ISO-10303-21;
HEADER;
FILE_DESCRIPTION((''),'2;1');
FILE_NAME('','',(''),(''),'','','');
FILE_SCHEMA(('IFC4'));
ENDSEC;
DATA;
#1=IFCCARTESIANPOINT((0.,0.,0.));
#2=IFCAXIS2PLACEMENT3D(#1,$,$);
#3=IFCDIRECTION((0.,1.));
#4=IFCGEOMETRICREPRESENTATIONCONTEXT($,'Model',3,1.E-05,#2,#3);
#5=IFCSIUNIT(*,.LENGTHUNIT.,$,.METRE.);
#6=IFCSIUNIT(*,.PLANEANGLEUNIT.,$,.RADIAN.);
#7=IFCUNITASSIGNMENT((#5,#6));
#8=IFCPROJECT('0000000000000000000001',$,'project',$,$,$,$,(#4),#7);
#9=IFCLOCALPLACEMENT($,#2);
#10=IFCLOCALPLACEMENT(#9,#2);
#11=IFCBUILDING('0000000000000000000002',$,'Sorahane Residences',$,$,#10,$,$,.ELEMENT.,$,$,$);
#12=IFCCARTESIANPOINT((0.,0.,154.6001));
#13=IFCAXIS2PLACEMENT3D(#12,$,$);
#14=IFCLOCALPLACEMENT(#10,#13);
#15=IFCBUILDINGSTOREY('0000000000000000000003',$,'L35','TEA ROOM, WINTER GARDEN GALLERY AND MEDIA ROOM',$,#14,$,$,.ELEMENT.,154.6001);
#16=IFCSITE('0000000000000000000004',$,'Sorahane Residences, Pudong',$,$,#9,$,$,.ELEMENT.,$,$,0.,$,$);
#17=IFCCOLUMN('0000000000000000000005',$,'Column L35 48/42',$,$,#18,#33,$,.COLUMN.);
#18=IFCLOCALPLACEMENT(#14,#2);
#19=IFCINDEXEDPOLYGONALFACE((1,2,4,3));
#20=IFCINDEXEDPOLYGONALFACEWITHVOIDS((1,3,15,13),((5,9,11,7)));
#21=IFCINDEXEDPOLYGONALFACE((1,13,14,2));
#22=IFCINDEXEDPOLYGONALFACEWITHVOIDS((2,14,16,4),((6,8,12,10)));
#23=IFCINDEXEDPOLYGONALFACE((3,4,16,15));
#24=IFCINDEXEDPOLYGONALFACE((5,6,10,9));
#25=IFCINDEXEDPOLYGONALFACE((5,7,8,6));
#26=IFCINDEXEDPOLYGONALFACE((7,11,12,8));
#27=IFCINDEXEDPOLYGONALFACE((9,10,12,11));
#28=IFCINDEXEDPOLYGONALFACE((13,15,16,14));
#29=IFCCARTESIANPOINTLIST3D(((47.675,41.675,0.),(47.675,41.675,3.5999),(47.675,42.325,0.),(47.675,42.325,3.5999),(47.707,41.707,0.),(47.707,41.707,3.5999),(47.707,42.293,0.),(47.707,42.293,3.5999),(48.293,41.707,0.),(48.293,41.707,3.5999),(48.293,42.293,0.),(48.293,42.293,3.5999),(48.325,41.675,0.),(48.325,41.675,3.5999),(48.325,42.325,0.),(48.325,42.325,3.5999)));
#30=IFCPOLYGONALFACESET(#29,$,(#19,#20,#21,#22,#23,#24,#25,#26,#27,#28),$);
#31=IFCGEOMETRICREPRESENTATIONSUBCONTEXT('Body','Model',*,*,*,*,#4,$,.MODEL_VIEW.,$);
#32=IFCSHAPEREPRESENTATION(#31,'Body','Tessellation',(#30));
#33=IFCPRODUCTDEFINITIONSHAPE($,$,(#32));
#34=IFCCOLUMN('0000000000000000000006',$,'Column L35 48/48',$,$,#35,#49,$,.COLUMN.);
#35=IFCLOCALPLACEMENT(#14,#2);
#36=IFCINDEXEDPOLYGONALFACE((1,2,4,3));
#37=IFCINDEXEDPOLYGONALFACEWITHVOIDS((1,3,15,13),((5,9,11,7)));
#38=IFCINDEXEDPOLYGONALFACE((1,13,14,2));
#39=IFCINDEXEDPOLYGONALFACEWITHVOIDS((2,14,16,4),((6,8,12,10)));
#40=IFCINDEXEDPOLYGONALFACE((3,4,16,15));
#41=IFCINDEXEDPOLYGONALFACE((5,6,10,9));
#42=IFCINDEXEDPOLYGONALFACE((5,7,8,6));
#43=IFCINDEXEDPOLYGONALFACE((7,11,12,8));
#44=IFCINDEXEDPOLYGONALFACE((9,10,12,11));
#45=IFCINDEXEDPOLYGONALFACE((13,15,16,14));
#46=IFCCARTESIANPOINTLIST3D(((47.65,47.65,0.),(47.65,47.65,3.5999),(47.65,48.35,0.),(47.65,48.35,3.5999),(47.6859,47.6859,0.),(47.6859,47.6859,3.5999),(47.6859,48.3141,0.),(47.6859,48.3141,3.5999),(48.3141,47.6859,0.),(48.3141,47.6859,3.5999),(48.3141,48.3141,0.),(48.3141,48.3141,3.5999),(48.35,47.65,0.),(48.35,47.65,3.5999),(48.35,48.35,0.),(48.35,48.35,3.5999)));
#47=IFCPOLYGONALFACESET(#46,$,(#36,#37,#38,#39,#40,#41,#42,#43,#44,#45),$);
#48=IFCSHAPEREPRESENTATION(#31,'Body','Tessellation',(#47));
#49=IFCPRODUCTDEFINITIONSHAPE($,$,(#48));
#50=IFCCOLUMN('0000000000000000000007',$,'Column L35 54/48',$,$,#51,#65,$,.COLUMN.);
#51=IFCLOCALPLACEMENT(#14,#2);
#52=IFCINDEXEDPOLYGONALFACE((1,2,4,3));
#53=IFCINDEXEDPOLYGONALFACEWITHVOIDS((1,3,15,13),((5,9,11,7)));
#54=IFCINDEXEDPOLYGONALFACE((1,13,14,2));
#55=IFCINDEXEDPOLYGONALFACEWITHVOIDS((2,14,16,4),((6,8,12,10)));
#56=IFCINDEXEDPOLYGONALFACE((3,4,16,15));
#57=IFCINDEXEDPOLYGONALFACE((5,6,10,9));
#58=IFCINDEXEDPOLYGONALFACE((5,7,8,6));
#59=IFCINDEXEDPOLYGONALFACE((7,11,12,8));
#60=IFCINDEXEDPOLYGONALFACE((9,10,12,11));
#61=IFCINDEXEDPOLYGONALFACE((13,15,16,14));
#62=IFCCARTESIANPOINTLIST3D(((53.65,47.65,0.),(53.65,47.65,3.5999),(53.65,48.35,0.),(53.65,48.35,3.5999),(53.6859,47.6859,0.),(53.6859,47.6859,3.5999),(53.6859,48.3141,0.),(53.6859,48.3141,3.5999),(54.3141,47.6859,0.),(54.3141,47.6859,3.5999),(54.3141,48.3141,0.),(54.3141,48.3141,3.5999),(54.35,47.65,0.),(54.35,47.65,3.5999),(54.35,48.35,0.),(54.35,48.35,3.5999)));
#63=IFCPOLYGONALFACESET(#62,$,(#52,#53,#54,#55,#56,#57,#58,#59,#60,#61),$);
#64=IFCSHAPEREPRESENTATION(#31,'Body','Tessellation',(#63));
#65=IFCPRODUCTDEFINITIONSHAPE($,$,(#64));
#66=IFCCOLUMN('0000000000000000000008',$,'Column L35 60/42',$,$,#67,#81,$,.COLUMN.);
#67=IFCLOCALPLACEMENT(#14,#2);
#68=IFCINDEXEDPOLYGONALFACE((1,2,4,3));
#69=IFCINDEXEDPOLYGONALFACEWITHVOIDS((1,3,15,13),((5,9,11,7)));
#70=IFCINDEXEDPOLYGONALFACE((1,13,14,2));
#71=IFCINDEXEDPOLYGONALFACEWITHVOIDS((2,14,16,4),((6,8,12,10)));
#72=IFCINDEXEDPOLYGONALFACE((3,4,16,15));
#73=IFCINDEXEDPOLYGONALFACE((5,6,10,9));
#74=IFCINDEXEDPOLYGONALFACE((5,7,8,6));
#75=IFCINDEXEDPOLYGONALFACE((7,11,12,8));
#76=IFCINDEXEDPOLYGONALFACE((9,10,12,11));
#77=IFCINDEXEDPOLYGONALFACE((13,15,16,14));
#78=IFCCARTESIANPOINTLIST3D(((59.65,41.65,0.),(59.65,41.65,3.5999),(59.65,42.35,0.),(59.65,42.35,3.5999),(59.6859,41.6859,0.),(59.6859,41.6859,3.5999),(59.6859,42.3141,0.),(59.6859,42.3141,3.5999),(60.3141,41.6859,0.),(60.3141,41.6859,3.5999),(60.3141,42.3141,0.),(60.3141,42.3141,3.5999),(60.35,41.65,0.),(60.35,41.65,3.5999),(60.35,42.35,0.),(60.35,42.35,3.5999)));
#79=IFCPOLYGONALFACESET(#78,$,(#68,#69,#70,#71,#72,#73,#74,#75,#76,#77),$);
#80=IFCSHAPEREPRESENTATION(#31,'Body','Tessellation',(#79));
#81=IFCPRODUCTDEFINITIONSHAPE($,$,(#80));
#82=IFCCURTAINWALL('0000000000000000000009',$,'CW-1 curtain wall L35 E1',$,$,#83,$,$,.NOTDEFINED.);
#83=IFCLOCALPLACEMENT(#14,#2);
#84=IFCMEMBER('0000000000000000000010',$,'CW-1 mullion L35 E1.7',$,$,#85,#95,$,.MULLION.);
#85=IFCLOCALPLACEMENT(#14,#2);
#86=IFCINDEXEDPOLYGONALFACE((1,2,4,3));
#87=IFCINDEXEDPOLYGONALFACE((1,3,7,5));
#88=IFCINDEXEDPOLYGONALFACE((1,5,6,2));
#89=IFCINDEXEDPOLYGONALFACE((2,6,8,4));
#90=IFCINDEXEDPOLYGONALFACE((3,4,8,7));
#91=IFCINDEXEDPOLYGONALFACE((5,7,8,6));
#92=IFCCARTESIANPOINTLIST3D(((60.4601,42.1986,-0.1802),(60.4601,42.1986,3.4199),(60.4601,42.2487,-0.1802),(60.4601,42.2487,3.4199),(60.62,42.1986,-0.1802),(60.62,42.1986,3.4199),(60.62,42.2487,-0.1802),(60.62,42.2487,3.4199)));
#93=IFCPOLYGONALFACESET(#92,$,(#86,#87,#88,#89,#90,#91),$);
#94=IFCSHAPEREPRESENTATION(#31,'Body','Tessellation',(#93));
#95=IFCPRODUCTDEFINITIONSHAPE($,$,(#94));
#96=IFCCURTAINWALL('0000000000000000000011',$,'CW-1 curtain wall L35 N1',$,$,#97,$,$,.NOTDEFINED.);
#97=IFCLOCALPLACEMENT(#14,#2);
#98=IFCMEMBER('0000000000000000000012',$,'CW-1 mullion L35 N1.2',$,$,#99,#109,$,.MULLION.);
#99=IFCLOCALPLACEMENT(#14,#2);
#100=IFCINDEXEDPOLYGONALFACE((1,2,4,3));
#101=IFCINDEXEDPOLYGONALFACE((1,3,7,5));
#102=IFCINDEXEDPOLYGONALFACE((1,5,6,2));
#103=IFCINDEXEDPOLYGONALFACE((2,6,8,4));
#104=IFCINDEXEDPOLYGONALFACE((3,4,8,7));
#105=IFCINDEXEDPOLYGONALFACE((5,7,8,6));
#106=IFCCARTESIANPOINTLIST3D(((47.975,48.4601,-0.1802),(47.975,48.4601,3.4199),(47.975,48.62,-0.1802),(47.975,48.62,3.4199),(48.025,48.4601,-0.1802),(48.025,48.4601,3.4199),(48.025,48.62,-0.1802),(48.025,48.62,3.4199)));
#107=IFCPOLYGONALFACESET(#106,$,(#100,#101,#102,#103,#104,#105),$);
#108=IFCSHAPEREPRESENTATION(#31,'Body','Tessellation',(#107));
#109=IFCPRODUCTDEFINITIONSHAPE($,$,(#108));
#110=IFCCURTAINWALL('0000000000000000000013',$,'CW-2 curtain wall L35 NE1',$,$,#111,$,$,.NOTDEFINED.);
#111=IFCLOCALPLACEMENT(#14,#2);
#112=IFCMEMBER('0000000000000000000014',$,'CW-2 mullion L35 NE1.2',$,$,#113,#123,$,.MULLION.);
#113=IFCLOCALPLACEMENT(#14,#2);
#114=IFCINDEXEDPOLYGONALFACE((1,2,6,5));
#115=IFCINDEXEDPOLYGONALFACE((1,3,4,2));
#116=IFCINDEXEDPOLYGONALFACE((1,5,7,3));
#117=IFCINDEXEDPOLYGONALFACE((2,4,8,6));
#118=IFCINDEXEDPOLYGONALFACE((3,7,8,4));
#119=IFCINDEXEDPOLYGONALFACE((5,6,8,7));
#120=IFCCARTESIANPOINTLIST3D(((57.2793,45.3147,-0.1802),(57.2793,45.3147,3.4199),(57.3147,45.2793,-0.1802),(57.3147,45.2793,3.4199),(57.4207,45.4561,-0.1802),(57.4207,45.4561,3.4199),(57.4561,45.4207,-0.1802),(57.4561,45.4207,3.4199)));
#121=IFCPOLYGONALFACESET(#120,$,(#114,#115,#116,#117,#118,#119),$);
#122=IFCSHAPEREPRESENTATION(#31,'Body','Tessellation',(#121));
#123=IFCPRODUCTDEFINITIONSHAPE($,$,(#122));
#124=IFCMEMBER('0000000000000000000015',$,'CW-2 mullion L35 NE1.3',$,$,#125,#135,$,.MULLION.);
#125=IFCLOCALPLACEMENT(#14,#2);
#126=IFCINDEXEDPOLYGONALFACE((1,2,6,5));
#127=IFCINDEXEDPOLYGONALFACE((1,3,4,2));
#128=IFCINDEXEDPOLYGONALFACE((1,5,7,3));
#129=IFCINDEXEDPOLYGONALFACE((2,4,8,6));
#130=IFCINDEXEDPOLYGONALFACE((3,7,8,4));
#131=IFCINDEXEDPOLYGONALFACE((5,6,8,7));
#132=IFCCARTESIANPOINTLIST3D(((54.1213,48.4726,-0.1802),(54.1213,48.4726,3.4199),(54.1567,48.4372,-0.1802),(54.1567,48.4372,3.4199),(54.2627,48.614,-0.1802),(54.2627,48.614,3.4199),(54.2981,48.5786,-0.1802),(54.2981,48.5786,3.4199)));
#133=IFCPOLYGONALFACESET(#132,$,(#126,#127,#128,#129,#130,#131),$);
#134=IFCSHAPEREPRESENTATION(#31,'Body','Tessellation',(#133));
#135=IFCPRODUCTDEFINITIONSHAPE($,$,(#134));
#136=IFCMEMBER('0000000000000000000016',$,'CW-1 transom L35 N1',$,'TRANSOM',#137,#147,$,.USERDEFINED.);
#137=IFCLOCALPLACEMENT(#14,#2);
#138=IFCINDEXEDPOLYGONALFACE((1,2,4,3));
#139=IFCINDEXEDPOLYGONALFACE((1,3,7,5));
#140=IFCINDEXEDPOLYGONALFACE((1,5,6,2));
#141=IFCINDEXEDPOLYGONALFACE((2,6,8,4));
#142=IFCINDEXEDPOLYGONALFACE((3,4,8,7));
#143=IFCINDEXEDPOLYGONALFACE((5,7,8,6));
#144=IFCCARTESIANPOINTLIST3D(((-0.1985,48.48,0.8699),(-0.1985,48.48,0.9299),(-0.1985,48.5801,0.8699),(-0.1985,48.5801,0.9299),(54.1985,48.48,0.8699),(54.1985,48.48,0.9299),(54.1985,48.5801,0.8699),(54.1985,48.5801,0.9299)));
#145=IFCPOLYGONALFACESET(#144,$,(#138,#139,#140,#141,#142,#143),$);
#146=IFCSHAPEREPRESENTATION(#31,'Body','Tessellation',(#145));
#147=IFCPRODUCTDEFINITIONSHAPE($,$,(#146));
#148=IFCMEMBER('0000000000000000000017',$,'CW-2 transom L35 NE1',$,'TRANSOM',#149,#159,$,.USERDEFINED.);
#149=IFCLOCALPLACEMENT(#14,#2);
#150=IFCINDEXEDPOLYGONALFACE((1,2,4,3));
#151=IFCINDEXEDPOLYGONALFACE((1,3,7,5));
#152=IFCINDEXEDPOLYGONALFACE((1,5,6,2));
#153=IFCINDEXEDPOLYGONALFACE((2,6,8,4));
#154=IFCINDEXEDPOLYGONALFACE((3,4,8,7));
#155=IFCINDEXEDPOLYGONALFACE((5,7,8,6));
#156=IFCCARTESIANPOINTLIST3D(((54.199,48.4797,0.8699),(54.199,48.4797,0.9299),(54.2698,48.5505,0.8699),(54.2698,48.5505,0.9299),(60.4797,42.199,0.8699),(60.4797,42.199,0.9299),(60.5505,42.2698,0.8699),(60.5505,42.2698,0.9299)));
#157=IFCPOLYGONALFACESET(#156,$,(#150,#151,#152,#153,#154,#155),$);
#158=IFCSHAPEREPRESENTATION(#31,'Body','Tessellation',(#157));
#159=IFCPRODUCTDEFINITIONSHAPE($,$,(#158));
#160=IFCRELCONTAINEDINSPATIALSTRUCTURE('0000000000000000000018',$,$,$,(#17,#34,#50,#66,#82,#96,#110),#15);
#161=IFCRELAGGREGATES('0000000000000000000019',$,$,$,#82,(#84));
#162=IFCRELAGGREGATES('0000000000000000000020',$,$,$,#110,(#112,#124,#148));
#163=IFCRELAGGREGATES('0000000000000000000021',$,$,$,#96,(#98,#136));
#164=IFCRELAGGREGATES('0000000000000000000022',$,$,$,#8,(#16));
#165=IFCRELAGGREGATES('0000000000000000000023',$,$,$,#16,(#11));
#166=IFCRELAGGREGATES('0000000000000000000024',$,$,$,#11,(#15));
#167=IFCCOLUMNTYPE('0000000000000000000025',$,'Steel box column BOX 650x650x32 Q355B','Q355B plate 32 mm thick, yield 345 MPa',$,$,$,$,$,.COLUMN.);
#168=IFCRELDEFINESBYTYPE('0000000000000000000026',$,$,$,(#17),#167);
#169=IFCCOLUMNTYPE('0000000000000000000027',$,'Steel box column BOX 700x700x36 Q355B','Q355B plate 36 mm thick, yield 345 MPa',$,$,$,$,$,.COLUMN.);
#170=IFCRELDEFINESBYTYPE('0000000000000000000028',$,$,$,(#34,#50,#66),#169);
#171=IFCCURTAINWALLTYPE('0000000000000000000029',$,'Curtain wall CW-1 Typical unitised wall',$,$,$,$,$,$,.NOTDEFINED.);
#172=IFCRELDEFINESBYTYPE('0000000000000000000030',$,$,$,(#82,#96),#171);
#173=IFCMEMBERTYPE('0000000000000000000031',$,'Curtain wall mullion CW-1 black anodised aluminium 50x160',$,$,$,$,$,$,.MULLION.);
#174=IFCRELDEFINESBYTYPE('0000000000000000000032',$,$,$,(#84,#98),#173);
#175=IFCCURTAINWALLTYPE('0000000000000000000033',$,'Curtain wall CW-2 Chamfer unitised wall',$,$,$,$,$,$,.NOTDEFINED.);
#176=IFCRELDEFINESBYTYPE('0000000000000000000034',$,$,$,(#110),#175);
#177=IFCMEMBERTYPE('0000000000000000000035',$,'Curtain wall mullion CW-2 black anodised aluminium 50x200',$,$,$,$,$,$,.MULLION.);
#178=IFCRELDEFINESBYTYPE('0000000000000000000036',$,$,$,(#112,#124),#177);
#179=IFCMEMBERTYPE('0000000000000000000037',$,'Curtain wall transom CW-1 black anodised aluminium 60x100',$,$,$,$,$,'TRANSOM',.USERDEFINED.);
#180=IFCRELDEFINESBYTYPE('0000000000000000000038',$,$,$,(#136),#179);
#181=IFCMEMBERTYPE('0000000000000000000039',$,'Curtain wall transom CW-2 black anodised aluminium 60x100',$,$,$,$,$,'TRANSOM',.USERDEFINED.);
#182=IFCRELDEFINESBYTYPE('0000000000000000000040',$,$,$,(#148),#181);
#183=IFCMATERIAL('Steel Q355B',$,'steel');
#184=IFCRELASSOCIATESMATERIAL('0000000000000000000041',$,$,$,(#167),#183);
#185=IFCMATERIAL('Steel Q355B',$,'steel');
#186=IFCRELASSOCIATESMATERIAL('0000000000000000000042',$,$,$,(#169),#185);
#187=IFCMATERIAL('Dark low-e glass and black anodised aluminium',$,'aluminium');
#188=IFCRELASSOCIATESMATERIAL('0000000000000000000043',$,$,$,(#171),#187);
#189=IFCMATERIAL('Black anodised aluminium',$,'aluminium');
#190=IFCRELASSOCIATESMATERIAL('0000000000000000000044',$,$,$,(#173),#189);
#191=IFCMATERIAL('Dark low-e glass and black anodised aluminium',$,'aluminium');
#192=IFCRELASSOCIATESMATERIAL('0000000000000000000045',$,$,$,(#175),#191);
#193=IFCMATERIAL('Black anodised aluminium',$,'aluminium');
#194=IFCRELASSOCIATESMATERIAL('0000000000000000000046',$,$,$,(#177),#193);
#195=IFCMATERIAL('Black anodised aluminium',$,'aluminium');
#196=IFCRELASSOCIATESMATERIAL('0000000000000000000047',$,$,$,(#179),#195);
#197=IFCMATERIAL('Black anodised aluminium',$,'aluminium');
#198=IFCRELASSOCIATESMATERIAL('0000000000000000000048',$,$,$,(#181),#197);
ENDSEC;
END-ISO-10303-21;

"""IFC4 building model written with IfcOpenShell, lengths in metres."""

from ifc_helpers import new_model, si_unit, direction, frame, origin, origin_2d, place, context, subcontext, project, spatial, rectangle, hollow_rectangle, extrude, material, material_profile, profile_set, type_object, element, aggregate, save


model = new_model("IFC4")

# Units and contexts
model_context = context("Model", 3, precision=1e-05, world=origin(), true_north=direction((0.0, 1.0)))
body_context = subcontext(model_context, "Body", "Model", "MODEL_VIEW")
ifc_project = project(units=[si_unit("LENGTHUNIT", "METRE"), si_unit("PLANEANGLEUNIT", "RADIAN")], contexts=[model_context])

# Site, building, storey
site_placement = place(None, origin())
site = spatial("IfcSite", under=ifc_project, at=site_placement, Name="Sorahane Residences, Pudong", CompositionType="ELEMENT", RefElevation=0.0)
building_placement = place(site_placement, origin())
building = spatial("IfcBuilding", under=site, at=building_placement, Name="Sorahane Residences", CompositionType="ELEMENT")
storey_placement = place(building_placement, frame((0.0, 0.0, 154.6001)))
storey = spatial("IfcBuildingStorey", under=building, at=storey_placement, Name="L35", Description="TEA ROOM, WINTER GARDEN GALLERY AND MEDIA ROOM", CompositionType="ELEMENT", Elevation=154.6001)

# Columns
ifc_material_1 = material(Name="Steel Q355B", Category="steel")
ifc_material_profile_1 = material_profile(ifc_material_1, hollow_rectangle(XDim=0.6499, YDim=0.6499, WallThickness=0.032, at=origin_2d()), Name="BOX 650x650x32")
ifc_profile_set_1 = profile_set([ifc_material_profile_1], Name="Steel Q355B")
column_type_1 = type_object("IfcColumnType", Name="Steel box column BOX 650x650x32 Q355B", Description="Q355B plate 32 mm thick, yield 345 MPa", PredefinedType="COLUMN", material=ifc_profile_set_1)
column_placement = place(storey_placement, frame((48.0, 42.0, 0.0), z_axis=(0.0, 0.0, 1.0), x_axis=(1.0, 0.0, 0.0)))
element("IfcColumn", 1, at=column_placement, inside=storey, type_object=column_type_1, Name="Column L35 48/42", PredefinedType="COLUMN", context=body_context, shape_type="SweptSolid", body=[
    extrude(hollow_rectangle(XDim=0.6499, YDim=0.6499, WallThickness=0.032, at=origin_2d()), origin(), (0.0, 0.0, 1.0), 3.5999),
])
ifc_material_2 = material(Name="Steel Q355B", Category="steel")
ifc_material_profile_2 = material_profile(ifc_material_2, hollow_rectangle(XDim=0.7, YDim=0.7, WallThickness=0.0359, at=origin_2d()), Name="BOX 700x700x36")
ifc_profile_set_2 = profile_set([ifc_material_profile_2], Name="Steel Q355B")
column_type_2 = type_object("IfcColumnType", Name="Steel box column BOX 700x700x36 Q355B", Description="Q355B plate 36 mm thick, yield 345 MPa", PredefinedType="COLUMN", material=ifc_profile_set_2)
for number, where, z_axis, x_axis, name in (
    (2, (48.0, 48.0, 0.0), (0.0, 0.0, 1.0), (1.0, 0.0, 0.0), "Column L35 48/48"),
    (3, (54.0, 48.0, 0.0), (0.0, 0.0, 1.0), (1.0, 0.0, 0.0), "Column L35 54/48"),
    (4, (60.0, 42.0, 0.0), (0.0, 0.0, 1.0), (1.0, 0.0, 0.0), "Column L35 60/42"),
):
    element("IfcColumn", number, at=place(storey_placement, frame(where, z_axis=z_axis, x_axis=x_axis)), inside=storey, type_object=column_type_2, Name=name, PredefinedType="COLUMN", context=body_context, shape_type="SweptSolid", body=[
        extrude(hollow_rectangle(XDim=0.7, YDim=0.7, WallThickness=0.0359, at=origin_2d()), origin(), (0.0, 0.0, 1.0), 3.5999),
    ])

# Curtain walls, members
ifc_material_3 = material(Name="Dark low-e glass and black anodised aluminium", Category="aluminium")
curtain_wall_type_1 = type_object("IfcCurtainWallType", Name="Curtain wall CW-1 Typical unitised wall", PredefinedType="NOTDEFINED", material=ifc_material_3)
curtain_wall_1_placement = place(storey_placement, origin())
curtain_wall_1 = element("IfcCurtainWall", 5, at=curtain_wall_1_placement, inside=storey, type_object=curtain_wall_type_1, Name="CW-1 curtain wall L35 E1", PredefinedType="NOTDEFINED")
ifc_material_4 = material(Name="Black anodised aluminium", Category="aluminium")
ifc_material_profile_3 = material_profile(ifc_material_4, rectangle(XDim=0.1599, YDim=0.05, at=origin_2d()), Name="Curtain wall mullion CW-1 black anodised aluminium 50x160")
ifc_profile_set_3 = profile_set([ifc_material_profile_3], Name="Black anodised aluminium")
member_type_1 = type_object("IfcMemberType", Name="Curtain wall mullion CW-1 black anodised aluminium 50x160", PredefinedType="MULLION", material=ifc_profile_set_3)
member_1_placement = place(storey_placement, frame((60.54, 42.2236, -0.1802), z_axis=(0.0, 0.0, 1.0), x_axis=(1.0, 0.0, 0.0)))
member_1 = element("IfcMember", 6, at=member_1_placement, type_object=member_type_1, Name="CW-1 mullion L35 E1.7", PredefinedType="MULLION", context=body_context, shape_type="SweptSolid", body=[
    extrude(rectangle(XDim=0.1599, YDim=0.05, at=origin_2d()), origin(), (0.0, 0.0, 1.0), 3.6001),
])
curtain_wall_2_placement = place(storey_placement, origin())
curtain_wall_2 = element("IfcCurtainWall", 7, at=curtain_wall_2_placement, inside=storey, type_object=curtain_wall_type_1, Name="CW-1 curtain wall L35 N1", PredefinedType="NOTDEFINED")
member_2_placement = place(storey_placement, frame((48.0, 48.54, -0.1802), z_axis=(0.0, 0.0, 1.0), x_axis=(0.0, 1.0, 0.0)))
member_2 = element("IfcMember", 8, at=member_2_placement, type_object=member_type_1, Name="CW-1 mullion L35 N1.2", PredefinedType="MULLION", context=body_context, shape_type="SweptSolid", body=[
    extrude(rectangle(XDim=0.1599, YDim=0.05, at=origin_2d()), origin(), (0.0, 0.0, 1.0), 3.6001),
])

# Curtain wall, members
ifc_material_5 = material(Name="Dark low-e glass and black anodised aluminium", Category="aluminium")
curtain_wall_type_2 = type_object("IfcCurtainWallType", Name="Curtain wall CW-2 Chamfer unitised wall", PredefinedType="NOTDEFINED", material=ifc_material_5)
curtain_wall_3_placement = place(storey_placement, origin())
curtain_wall_3 = element("IfcCurtainWall", 9, at=curtain_wall_3_placement, inside=storey, type_object=curtain_wall_type_2, Name="CW-2 curtain wall L35 NE1", PredefinedType="NOTDEFINED")
ifc_material_6 = material(Name="Black anodised aluminium", Category="aluminium")
ifc_material_profile_4 = material_profile(ifc_material_6, rectangle(XDim=0.2, YDim=0.05, at=origin_2d()), Name="Curtain wall mullion CW-2 black anodised aluminium 50x200")
ifc_profile_set_4 = profile_set([ifc_material_profile_4], Name="Black anodised aluminium")
member_type_2 = type_object("IfcMemberType", Name="Curtain wall mullion CW-2 black anodised aluminium 50x200", PredefinedType="MULLION", material=ifc_profile_set_4)
member_3_placement = place(storey_placement, frame((57.3677, 45.3677, -0.1802), z_axis=(0.0, 0.0, 1.0), x_axis=(0.707107, 0.707107, 0.0)))
member_3 = element("IfcMember", 10, at=member_3_placement, type_object=member_type_2, Name="CW-2 mullion L35 NE1.2", PredefinedType="MULLION", context=body_context, shape_type="SweptSolid", body=[
    extrude(rectangle(XDim=0.2, YDim=0.05, at=origin_2d()), origin(), (0.0, 0.0, 1.0), 3.6001),
])
member_4_placement = place(storey_placement, frame((54.2097, 48.5256, -0.1802), z_axis=(0.0, 0.0, 1.0), x_axis=(0.707107, 0.707107, 0.0)))
member_4 = element("IfcMember", 11, at=member_4_placement, type_object=member_type_2, Name="CW-2 mullion L35 NE1.3", PredefinedType="MULLION", context=body_context, shape_type="SweptSolid", body=[
    extrude(rectangle(XDim=0.2, YDim=0.05, at=origin_2d()), origin(), (0.0, 0.0, 1.0), 3.6001),
])

# Members
ifc_material_7 = material(Name="Black anodised aluminium", Category="aluminium")
ifc_material_profile_5 = material_profile(ifc_material_7, rectangle(XDim=0.1001, YDim=0.0601, at=origin_2d()), Name="Curtain wall transom CW-1 black anodised aluminium 60x100")
ifc_profile_set_5 = profile_set([ifc_material_profile_5], Name="Black anodised aluminium")
member_type_3 = type_object("IfcMemberType", Name="Curtain wall transom CW-1 black anodised aluminium 60x100", ElementType="TRANSOM", PredefinedType="USERDEFINED", material=ifc_profile_set_5)
member_5_placement = place(storey_placement, frame((54.1985, 48.53, 0.8999), z_axis=(-1.0, 0.0, 0.0), x_axis=(0.0, -1.0, 0.0)))
member_5 = element("IfcMember", 12, at=member_5_placement, type_object=member_type_3, Name="CW-1 transom L35 N1", ObjectType="TRANSOM", PredefinedType="USERDEFINED", context=body_context, shape_type="SweptSolid", body=[
    extrude(rectangle(XDim=0.1001, YDim=0.0601, at=origin_2d()), origin(), (0.0, 0.0, 1.0), 54.397),
])
ifc_material_8 = material(Name="Black anodised aluminium", Category="aluminium")
ifc_material_profile_6 = material_profile(ifc_material_8, rectangle(XDim=0.1001, YDim=0.0601, at=origin_2d()), Name="Curtain wall transom CW-2 black anodised aluminium 60x100")
ifc_profile_set_6 = profile_set([ifc_material_profile_6], Name="Black anodised aluminium")
member_type_4 = type_object("IfcMemberType", Name="Curtain wall transom CW-2 black anodised aluminium 60x100", ElementType="TRANSOM", PredefinedType="USERDEFINED", material=ifc_profile_set_6)
member_6_placement = place(storey_placement, frame((60.5151, 42.2344, 0.8999), z_axis=(-0.707107, 0.707107, 0.0), x_axis=(-0.707107, -0.707107, 0.0)))
member_6 = element("IfcMember", 13, at=member_6_placement, type_object=member_type_4, Name="CW-2 transom L35 NE1", ObjectType="TRANSOM", PredefinedType="USERDEFINED", context=body_context, shape_type="SweptSolid", body=[
    extrude(rectangle(XDim=0.1001, YDim=0.0601, at=origin_2d()), origin(), (0.0, 0.0, 1.0), 8.8823),
])

aggregate(curtain_wall_1, [member_1])
aggregate(curtain_wall_3, [member_3, member_4, member_6])
aggregate(curtain_wall_2, [member_2, member_5])

save(model, "model.ifc")
